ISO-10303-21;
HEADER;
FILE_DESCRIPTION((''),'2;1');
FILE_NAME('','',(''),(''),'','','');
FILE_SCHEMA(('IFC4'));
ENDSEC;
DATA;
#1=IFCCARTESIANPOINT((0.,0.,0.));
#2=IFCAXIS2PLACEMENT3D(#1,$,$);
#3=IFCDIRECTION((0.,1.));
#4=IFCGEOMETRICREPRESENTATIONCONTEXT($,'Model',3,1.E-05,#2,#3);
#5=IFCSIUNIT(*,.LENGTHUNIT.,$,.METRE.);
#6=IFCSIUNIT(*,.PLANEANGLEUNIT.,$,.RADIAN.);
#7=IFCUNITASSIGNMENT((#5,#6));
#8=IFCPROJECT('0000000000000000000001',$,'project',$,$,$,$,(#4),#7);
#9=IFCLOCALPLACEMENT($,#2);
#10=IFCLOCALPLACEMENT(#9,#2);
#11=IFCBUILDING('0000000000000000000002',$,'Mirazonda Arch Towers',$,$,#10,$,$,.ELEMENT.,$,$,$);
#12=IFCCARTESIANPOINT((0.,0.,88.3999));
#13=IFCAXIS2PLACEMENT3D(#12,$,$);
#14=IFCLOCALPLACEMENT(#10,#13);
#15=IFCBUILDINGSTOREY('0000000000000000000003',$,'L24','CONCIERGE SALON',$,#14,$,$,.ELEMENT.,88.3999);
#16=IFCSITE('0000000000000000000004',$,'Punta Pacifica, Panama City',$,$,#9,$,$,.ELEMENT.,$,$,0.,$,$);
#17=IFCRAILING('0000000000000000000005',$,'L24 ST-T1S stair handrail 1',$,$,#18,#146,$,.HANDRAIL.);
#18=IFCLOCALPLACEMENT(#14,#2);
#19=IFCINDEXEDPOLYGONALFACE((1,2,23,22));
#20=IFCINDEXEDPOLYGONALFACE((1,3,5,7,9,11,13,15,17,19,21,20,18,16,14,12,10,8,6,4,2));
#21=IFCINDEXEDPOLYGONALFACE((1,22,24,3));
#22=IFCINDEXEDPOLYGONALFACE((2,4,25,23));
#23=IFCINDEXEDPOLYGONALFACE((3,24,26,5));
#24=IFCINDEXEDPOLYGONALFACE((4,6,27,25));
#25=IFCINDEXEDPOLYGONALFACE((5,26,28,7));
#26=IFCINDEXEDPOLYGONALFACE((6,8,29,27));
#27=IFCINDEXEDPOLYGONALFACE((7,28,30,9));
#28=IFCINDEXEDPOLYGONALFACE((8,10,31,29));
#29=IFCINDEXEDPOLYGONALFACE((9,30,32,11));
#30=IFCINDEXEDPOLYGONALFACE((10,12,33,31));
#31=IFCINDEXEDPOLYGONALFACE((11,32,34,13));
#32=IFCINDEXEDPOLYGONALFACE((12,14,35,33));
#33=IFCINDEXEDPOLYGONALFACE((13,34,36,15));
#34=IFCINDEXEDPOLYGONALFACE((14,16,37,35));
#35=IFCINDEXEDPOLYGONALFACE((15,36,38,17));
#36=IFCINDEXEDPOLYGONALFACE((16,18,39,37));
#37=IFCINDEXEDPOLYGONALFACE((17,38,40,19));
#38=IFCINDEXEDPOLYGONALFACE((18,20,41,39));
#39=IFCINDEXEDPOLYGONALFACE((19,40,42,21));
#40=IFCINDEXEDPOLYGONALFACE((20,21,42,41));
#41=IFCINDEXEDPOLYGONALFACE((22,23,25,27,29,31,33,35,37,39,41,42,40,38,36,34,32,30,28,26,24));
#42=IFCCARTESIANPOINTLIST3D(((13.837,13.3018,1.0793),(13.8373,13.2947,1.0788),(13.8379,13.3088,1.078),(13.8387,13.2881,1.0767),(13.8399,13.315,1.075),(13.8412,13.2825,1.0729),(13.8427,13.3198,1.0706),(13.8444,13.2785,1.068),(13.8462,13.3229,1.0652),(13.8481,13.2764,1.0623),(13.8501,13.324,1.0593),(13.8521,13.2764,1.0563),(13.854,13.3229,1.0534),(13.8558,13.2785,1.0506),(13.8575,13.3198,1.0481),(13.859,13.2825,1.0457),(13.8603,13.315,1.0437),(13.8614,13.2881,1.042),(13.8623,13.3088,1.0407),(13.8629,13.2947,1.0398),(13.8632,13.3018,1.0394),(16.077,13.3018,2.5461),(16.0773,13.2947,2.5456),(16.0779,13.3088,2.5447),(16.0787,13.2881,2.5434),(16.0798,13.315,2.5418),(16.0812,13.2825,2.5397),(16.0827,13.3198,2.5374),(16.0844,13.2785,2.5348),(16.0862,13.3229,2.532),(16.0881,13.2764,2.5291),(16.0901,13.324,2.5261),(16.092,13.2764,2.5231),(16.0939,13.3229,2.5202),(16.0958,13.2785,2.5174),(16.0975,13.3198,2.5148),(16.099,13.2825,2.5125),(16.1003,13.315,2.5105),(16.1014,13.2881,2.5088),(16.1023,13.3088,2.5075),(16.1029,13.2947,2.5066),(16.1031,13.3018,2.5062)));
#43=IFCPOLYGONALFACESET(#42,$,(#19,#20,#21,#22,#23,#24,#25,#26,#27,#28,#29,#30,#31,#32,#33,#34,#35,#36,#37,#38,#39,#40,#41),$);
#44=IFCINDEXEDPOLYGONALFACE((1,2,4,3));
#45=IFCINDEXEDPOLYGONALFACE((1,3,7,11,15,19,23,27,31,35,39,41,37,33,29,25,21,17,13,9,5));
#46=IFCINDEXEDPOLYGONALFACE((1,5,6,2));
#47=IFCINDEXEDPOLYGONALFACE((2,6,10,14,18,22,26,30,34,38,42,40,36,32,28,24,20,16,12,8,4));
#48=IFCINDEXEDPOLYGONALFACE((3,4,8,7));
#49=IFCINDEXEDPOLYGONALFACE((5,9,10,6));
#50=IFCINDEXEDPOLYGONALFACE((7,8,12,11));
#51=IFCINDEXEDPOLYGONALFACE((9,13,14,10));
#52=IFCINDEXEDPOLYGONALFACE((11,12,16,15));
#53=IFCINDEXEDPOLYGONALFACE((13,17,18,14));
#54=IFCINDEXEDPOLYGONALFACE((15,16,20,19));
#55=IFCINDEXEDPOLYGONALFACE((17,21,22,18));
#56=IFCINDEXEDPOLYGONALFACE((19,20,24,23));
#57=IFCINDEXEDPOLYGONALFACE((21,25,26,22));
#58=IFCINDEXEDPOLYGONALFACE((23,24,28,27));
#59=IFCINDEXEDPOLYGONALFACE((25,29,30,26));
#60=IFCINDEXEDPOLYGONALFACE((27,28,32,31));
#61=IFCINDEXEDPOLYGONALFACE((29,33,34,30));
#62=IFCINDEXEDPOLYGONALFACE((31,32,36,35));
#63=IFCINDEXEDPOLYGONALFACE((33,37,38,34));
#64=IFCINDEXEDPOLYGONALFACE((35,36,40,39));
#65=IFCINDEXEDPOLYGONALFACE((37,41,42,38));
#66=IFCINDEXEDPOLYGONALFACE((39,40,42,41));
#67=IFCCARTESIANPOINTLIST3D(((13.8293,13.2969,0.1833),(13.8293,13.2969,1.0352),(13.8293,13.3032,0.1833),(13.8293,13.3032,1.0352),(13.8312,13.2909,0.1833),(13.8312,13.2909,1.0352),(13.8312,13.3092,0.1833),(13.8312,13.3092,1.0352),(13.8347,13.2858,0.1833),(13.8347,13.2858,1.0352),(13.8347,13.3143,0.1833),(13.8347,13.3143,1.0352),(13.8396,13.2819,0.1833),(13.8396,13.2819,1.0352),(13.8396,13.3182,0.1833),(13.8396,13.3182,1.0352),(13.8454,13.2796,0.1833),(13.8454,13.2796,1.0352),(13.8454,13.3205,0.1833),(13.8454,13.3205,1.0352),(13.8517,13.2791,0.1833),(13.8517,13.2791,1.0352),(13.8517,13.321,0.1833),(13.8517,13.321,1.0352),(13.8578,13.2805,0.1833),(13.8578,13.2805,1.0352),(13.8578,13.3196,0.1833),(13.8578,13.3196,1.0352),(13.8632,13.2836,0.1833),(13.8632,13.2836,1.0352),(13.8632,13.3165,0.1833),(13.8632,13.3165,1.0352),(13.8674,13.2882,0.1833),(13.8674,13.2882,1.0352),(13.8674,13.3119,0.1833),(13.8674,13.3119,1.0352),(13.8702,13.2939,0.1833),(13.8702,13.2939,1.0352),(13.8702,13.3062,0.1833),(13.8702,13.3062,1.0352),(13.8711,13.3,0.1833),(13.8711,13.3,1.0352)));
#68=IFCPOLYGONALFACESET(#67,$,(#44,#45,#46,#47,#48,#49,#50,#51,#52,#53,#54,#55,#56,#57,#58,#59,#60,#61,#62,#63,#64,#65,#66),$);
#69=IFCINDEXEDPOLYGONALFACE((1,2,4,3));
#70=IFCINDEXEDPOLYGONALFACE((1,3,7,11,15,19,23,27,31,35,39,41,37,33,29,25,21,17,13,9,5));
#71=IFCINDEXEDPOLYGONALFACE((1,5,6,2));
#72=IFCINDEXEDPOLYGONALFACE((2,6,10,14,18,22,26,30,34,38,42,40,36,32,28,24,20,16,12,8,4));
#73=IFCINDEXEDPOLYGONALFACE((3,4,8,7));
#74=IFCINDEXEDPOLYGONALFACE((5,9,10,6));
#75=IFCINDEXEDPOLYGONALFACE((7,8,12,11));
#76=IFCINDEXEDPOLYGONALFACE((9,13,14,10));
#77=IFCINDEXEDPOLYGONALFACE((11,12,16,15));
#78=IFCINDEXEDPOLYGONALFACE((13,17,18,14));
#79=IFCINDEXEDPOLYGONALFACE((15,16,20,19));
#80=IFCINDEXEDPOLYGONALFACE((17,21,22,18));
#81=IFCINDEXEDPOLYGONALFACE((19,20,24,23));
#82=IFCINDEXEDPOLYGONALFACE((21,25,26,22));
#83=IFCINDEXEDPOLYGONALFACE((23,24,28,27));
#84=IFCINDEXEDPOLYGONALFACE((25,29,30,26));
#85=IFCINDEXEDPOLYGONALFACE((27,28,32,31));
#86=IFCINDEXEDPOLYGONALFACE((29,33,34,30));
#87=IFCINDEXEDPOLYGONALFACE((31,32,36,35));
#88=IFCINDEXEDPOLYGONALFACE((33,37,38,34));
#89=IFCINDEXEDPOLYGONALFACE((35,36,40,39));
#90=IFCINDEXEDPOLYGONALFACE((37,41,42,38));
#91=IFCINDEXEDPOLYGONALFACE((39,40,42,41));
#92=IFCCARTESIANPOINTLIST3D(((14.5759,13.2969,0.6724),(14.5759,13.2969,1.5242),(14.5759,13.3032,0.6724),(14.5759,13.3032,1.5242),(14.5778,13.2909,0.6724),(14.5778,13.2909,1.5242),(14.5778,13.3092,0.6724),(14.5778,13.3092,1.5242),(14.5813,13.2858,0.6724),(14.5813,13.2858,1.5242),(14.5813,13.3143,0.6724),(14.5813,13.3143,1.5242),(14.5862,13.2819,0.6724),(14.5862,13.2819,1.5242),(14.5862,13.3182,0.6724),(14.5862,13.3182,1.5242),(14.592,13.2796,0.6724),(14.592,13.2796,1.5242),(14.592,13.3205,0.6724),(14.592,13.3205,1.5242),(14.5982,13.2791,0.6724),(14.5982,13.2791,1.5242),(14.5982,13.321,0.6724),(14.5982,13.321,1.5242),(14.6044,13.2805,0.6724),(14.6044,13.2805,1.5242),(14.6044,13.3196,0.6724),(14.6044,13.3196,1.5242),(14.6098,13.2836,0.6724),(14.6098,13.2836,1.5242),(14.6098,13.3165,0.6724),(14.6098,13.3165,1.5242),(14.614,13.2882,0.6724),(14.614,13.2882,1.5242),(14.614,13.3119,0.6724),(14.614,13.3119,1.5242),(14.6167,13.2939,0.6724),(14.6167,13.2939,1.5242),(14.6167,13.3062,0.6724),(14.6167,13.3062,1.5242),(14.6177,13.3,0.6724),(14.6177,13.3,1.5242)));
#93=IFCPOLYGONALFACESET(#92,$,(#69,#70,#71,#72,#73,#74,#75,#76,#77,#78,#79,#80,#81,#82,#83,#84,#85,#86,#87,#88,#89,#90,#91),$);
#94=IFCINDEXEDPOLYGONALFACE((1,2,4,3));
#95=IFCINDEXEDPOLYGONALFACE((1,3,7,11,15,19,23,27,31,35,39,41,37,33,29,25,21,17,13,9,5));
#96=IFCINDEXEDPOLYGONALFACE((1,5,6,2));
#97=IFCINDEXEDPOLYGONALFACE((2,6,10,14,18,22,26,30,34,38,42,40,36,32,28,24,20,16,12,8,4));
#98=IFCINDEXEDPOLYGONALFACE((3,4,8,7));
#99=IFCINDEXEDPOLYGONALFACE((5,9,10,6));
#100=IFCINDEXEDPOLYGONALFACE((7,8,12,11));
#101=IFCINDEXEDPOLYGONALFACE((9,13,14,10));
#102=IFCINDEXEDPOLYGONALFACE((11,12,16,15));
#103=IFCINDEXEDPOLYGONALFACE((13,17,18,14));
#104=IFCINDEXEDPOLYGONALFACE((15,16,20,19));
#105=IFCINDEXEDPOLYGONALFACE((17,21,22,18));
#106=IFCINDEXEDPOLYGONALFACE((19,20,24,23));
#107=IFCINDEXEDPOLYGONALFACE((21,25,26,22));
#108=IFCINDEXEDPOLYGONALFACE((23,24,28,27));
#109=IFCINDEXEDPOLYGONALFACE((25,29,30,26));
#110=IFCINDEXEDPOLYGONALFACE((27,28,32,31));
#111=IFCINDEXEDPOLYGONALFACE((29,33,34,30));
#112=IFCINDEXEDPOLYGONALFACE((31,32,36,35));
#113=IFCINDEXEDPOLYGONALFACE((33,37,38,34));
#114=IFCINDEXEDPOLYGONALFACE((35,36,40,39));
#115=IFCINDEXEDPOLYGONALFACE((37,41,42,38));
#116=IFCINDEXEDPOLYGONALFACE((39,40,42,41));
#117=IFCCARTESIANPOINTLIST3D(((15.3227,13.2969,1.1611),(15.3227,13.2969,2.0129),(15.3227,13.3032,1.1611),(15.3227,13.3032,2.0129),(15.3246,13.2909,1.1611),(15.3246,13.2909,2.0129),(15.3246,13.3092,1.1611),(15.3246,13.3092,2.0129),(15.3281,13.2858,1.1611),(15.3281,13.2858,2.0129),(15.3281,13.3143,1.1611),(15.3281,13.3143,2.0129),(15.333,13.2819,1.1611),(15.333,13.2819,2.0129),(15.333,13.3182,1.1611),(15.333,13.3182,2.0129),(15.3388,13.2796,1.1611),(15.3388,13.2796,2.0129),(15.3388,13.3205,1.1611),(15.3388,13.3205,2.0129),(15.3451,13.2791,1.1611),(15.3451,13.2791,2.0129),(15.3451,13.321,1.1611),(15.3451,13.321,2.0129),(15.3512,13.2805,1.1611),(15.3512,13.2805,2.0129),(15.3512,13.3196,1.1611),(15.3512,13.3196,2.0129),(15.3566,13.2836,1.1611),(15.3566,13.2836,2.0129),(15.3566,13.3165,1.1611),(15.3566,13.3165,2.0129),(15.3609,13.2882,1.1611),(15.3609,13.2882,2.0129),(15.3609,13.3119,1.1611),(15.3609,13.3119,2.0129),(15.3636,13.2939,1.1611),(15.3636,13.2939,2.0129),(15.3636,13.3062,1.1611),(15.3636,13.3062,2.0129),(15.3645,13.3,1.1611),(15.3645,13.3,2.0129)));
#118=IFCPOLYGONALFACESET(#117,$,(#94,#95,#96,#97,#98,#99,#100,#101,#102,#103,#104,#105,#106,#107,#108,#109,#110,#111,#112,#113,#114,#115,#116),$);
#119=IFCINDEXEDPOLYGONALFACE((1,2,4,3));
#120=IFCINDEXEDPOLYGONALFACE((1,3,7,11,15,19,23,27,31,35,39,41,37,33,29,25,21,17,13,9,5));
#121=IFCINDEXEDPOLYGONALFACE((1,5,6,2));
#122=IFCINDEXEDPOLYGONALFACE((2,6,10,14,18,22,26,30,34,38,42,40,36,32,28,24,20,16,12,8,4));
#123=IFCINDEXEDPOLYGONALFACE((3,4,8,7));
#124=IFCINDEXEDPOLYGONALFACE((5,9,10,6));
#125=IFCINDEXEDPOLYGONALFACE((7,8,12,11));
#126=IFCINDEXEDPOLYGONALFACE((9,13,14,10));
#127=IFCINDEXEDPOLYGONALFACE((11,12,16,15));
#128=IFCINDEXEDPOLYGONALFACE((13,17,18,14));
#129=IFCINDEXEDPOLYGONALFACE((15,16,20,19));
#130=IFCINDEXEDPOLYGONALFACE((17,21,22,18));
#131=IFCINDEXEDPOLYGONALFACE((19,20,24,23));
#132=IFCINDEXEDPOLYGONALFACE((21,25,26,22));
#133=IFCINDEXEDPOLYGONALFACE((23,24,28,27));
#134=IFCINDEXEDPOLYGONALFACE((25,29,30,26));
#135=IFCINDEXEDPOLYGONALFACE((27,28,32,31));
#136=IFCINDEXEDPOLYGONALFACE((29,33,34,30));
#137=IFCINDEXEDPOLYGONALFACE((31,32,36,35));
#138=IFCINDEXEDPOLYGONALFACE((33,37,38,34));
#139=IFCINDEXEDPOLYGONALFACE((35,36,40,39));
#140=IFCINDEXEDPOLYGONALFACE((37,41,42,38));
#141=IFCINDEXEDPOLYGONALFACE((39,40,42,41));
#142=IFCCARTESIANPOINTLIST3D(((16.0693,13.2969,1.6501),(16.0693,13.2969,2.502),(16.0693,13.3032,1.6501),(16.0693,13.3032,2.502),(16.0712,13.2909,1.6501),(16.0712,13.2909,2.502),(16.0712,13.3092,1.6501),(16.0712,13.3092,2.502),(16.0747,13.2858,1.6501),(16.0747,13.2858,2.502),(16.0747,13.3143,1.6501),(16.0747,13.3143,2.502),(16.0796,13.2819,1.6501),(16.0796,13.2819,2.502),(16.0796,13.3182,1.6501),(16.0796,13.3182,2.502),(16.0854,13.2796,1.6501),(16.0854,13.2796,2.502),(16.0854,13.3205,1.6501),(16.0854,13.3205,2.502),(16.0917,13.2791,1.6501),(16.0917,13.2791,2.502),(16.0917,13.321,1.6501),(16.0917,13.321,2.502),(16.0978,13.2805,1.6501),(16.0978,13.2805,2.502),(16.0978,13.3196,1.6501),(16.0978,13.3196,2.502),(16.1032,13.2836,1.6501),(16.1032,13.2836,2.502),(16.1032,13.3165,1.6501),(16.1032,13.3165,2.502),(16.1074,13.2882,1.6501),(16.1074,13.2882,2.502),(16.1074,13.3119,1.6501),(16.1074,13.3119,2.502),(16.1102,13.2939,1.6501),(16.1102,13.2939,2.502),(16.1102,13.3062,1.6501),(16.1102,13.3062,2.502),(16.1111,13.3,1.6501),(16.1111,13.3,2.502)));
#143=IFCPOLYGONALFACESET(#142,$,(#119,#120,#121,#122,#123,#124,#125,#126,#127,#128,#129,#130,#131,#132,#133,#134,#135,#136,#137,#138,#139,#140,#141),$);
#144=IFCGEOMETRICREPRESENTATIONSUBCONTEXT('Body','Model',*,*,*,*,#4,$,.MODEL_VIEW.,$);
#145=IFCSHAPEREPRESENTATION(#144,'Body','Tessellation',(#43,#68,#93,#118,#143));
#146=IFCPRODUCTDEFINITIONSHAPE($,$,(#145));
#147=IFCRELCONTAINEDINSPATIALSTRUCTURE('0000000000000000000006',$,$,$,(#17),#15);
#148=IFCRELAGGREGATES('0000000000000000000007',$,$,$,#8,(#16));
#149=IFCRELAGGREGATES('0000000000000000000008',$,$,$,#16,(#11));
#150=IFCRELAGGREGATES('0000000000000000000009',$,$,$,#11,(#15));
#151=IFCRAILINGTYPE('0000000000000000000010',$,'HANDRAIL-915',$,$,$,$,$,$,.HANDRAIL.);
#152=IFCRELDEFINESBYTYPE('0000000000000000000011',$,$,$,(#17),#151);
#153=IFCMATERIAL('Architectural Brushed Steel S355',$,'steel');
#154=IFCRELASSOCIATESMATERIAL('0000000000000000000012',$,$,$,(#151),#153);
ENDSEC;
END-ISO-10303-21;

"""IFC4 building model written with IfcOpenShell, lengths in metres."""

from ifc_helpers import new_model, si_unit, direction, frame, origin, origin_2d, place, context, subcontext, project, spatial, circle, extrude, material, type_object, element, save


model = new_model("IFC4")

# Units and contexts
model_context = context("Model", 3, precision=1e-05, world=origin(), true_north=direction((0.0, 1.0)))
body_context = subcontext(model_context, "Body", "Model", "MODEL_VIEW")
ifc_project = project(units=[si_unit("LENGTHUNIT", "METRE"), si_unit("PLANEANGLEUNIT", "RADIAN")], contexts=[model_context])

# Site, building, storey
site_placement = place(None, origin())
site = spatial("IfcSite", under=ifc_project, at=site_placement, Name="Punta Pacifica, Panama City", CompositionType="ELEMENT", RefElevation=0.0)
building_placement = place(site_placement, origin())
building = spatial("IfcBuilding", under=site, at=building_placement, Name="Mirazonda Arch Towers", CompositionType="ELEMENT")
storey_placement = place(building_placement, frame((0.0, 0.0, 88.3999)))
storey = spatial("IfcBuildingStorey", under=building, at=storey_placement, Name="L24", Description="CONCIERGE SALON", CompositionType="ELEMENT", Elevation=88.3999)

# Shared definitions
ifc_material_1 = material(Name="Architectural Brushed Steel S355", Category="steel")

# Railing
railing_type_1 = type_object("IfcRailingType", Name="HANDRAIL-915", PredefinedType="HANDRAIL", material=ifc_material_1)
railing_1_placement = place(storey_placement, frame((13.8501, 13.3, 0.1833)))
element("IfcRailing", 1, at=railing_1_placement, inside=storey, type_object=railing_type_1, Name="L24 ST-T1S stair handrail 1", PredefinedType="HANDRAIL", context=body_context, shape_type="SweptSolid", body=[
    extrude(circle(Radius=0.0239, at=origin_2d()), frame((0.0, 0.0, 0.876), z_axis=(0.836595, 0.0, 0.547822), x_axis=(0.0, 1.0, 0.0)), (0.0, 0.0, 1.0), 2.6775),
    extrude(circle(Radius=0.021, at=origin_2d()), origin(), (0.0, 0.0, 1.0), 0.8518),
    extrude(circle(Radius=0.021, at=origin_2d()), frame((0.7466, 0.0, 0.489)), (0.0, 0.0, 1.0), 0.8518),
    extrude(circle(Radius=0.021, at=origin_2d()), frame((1.4934, 0.0, 0.9778)), (0.0, 0.0, 1.0), 0.8518),
    extrude(circle(Radius=0.021, at=origin_2d()), frame((2.24, 0.0, 1.4668)), (0.0, 0.0, 1.0), 0.8518),
])

save(model, "model.ifc")
